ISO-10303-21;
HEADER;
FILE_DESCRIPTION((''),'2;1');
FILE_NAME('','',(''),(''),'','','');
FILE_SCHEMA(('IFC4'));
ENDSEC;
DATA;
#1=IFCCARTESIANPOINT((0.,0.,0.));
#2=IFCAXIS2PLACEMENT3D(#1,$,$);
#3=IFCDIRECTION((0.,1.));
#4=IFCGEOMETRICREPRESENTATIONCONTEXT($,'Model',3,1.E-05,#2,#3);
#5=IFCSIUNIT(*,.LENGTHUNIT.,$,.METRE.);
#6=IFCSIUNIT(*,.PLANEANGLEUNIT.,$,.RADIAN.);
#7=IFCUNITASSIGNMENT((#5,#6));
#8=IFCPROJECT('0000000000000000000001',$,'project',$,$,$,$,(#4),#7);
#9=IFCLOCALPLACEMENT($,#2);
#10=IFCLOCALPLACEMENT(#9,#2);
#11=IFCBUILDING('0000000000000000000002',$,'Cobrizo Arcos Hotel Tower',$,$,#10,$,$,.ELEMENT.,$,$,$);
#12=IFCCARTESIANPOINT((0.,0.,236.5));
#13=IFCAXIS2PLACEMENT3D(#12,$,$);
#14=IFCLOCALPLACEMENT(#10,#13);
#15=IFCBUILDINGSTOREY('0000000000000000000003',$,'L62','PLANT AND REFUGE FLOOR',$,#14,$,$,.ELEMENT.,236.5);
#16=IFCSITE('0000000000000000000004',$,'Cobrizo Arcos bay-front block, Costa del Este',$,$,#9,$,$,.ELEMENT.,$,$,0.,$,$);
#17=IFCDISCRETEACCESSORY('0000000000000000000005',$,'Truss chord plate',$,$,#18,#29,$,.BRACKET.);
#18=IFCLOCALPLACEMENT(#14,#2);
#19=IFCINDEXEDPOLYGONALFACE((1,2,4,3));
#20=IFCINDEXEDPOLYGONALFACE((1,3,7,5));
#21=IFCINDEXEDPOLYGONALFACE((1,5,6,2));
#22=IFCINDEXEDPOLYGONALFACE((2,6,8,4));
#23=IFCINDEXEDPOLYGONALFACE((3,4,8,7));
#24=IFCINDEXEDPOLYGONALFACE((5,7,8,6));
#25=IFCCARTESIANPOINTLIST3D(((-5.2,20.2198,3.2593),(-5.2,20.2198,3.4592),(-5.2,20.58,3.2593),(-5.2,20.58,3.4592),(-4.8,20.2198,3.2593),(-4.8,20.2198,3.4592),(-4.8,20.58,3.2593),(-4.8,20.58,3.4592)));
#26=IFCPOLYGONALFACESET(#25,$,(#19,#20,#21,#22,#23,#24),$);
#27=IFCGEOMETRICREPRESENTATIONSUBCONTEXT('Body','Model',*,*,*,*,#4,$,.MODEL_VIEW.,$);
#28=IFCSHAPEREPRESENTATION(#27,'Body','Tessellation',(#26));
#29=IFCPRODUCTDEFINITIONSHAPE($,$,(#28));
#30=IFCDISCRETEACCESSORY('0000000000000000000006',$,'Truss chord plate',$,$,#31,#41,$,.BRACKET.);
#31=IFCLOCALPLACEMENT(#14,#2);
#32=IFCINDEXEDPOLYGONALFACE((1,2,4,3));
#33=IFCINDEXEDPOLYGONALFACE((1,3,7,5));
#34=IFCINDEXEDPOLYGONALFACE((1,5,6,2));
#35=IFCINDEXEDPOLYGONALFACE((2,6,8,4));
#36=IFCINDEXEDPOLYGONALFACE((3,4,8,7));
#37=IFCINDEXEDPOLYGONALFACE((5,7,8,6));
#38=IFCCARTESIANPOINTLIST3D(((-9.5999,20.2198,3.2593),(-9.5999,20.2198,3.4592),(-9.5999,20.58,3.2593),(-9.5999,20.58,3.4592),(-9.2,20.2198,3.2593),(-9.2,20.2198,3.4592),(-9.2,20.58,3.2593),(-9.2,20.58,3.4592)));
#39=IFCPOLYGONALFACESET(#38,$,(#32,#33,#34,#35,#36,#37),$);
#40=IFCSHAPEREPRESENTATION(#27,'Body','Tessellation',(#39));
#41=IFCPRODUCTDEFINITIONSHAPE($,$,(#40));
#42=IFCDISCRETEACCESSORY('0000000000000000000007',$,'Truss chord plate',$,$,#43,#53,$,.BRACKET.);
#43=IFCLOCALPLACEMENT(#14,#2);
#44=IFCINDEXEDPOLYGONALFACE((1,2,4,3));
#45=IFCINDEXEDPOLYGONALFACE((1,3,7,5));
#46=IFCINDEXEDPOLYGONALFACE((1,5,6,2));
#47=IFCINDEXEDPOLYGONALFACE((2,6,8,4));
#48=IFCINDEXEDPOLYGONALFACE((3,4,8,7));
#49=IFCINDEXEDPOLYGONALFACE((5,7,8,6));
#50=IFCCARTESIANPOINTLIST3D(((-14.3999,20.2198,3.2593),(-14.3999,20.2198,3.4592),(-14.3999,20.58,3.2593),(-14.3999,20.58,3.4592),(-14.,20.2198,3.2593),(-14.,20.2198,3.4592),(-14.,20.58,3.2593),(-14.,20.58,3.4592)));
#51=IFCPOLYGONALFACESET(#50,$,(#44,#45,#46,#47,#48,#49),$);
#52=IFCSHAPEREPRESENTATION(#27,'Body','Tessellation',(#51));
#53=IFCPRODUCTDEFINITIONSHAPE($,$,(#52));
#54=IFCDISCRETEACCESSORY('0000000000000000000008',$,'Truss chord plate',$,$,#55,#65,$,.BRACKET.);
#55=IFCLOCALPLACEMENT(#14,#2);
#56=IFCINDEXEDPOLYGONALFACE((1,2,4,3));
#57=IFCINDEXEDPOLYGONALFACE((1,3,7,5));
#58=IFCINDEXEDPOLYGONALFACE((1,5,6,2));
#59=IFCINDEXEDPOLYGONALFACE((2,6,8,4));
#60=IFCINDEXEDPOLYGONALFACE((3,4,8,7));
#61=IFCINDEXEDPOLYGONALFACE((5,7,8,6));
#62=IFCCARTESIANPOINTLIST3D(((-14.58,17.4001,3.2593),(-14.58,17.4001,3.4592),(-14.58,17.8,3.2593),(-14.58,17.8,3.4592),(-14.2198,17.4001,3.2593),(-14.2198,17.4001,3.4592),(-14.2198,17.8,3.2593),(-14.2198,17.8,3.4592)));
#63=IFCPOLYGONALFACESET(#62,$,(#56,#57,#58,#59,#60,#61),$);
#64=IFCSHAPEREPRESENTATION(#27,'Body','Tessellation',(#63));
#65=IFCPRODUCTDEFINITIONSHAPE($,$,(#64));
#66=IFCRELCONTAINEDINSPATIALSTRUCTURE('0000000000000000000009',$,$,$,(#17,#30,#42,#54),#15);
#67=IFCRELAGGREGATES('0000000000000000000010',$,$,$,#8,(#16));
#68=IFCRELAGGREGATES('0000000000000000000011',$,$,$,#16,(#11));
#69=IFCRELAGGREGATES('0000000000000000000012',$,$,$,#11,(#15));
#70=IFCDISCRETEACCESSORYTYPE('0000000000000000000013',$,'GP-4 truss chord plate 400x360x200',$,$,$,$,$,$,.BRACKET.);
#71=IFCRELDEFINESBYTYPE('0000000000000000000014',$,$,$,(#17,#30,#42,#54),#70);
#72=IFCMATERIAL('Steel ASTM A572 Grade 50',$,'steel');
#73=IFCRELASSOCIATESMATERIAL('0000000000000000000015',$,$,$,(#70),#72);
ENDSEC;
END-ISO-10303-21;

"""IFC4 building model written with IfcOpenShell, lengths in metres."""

from ifc_helpers import new_model, si_unit, direction, frame, origin, origin_2d, place, context, subcontext, project, spatial, rectangle, extrude, material, type_object, element, save


model = new_model("IFC4")

# Units and contexts
model_context = context("Model", 3, precision=1e-05, world=origin(), true_north=direction((0.0, 1.0)))
body_context = subcontext(model_context, "Body", "Model", "MODEL_VIEW")
ifc_project = project(units=[si_unit("LENGTHUNIT", "METRE"), si_unit("PLANEANGLEUNIT", "RADIAN")], contexts=[model_context])

# Site, building, storey
site_placement = place(None, origin())
site = spatial("IfcSite", under=ifc_project, at=site_placement, Name="Cobrizo Arcos bay-front block, Costa del Este", CompositionType="ELEMENT", RefElevation=0.0)
building_placement = place(site_placement, origin())
building = spatial("IfcBuilding", under=site, at=building_placement, Name="Cobrizo Arcos Hotel Tower", CompositionType="ELEMENT")
storey_placement = place(building_placement, frame((0.0, 0.0, 236.5)))
storey = spatial("IfcBuildingStorey", under=building, at=storey_placement, Name="L62", Description="PLANT AND REFUGE FLOOR", CompositionType="ELEMENT", Elevation=236.5)

# Discrete accessories
ifc_material_1 = material(Name="Steel ASTM A572 Grade 50", Category="steel")
discrete_accessory_type_1 = type_object("IfcDiscreteAccessoryType", Name="GP-4 truss chord plate 400x360x200", PredefinedType="BRACKET", material=ifc_material_1)
for number, where, z_axis, x_axis, name in (
    (1, (-5.0, 20.3999, 3.2593), (0.0, 0.0, 1.0), (-1.0, 0.0, 0.0), "Truss chord plate"),
    (2, (-9.3999, 20.3999, 3.2593), (0.0, 0.0, 1.0), (-1.0, 0.0, 0.0), "Truss chord plate"),
    (3, (-14.2, 20.3999, 3.2593), (0.0, 0.0, 1.0), (-1.0, 0.0, 0.0), "Truss chord plate"),
    (4, (-14.3999, 17.6001, 3.2593), (0.0, 0.0, 1.0), (0.0, -1.0, 0.0), "Truss chord plate"),
):
    element("IfcDiscreteAccessory", number, at=place(storey_placement, frame(where, z_axis=z_axis, x_axis=x_axis)), inside=storey, type_object=discrete_accessory_type_1, Name=name, PredefinedType="BRACKET", context=body_context, shape_type="SweptSolid", body=[
        extrude(rectangle(XDim=0.3999, YDim=0.3601, at=origin_2d()), origin(), (0.0, 0.0, 1.0), 0.2),
    ])

save(model, "model.ifc")
